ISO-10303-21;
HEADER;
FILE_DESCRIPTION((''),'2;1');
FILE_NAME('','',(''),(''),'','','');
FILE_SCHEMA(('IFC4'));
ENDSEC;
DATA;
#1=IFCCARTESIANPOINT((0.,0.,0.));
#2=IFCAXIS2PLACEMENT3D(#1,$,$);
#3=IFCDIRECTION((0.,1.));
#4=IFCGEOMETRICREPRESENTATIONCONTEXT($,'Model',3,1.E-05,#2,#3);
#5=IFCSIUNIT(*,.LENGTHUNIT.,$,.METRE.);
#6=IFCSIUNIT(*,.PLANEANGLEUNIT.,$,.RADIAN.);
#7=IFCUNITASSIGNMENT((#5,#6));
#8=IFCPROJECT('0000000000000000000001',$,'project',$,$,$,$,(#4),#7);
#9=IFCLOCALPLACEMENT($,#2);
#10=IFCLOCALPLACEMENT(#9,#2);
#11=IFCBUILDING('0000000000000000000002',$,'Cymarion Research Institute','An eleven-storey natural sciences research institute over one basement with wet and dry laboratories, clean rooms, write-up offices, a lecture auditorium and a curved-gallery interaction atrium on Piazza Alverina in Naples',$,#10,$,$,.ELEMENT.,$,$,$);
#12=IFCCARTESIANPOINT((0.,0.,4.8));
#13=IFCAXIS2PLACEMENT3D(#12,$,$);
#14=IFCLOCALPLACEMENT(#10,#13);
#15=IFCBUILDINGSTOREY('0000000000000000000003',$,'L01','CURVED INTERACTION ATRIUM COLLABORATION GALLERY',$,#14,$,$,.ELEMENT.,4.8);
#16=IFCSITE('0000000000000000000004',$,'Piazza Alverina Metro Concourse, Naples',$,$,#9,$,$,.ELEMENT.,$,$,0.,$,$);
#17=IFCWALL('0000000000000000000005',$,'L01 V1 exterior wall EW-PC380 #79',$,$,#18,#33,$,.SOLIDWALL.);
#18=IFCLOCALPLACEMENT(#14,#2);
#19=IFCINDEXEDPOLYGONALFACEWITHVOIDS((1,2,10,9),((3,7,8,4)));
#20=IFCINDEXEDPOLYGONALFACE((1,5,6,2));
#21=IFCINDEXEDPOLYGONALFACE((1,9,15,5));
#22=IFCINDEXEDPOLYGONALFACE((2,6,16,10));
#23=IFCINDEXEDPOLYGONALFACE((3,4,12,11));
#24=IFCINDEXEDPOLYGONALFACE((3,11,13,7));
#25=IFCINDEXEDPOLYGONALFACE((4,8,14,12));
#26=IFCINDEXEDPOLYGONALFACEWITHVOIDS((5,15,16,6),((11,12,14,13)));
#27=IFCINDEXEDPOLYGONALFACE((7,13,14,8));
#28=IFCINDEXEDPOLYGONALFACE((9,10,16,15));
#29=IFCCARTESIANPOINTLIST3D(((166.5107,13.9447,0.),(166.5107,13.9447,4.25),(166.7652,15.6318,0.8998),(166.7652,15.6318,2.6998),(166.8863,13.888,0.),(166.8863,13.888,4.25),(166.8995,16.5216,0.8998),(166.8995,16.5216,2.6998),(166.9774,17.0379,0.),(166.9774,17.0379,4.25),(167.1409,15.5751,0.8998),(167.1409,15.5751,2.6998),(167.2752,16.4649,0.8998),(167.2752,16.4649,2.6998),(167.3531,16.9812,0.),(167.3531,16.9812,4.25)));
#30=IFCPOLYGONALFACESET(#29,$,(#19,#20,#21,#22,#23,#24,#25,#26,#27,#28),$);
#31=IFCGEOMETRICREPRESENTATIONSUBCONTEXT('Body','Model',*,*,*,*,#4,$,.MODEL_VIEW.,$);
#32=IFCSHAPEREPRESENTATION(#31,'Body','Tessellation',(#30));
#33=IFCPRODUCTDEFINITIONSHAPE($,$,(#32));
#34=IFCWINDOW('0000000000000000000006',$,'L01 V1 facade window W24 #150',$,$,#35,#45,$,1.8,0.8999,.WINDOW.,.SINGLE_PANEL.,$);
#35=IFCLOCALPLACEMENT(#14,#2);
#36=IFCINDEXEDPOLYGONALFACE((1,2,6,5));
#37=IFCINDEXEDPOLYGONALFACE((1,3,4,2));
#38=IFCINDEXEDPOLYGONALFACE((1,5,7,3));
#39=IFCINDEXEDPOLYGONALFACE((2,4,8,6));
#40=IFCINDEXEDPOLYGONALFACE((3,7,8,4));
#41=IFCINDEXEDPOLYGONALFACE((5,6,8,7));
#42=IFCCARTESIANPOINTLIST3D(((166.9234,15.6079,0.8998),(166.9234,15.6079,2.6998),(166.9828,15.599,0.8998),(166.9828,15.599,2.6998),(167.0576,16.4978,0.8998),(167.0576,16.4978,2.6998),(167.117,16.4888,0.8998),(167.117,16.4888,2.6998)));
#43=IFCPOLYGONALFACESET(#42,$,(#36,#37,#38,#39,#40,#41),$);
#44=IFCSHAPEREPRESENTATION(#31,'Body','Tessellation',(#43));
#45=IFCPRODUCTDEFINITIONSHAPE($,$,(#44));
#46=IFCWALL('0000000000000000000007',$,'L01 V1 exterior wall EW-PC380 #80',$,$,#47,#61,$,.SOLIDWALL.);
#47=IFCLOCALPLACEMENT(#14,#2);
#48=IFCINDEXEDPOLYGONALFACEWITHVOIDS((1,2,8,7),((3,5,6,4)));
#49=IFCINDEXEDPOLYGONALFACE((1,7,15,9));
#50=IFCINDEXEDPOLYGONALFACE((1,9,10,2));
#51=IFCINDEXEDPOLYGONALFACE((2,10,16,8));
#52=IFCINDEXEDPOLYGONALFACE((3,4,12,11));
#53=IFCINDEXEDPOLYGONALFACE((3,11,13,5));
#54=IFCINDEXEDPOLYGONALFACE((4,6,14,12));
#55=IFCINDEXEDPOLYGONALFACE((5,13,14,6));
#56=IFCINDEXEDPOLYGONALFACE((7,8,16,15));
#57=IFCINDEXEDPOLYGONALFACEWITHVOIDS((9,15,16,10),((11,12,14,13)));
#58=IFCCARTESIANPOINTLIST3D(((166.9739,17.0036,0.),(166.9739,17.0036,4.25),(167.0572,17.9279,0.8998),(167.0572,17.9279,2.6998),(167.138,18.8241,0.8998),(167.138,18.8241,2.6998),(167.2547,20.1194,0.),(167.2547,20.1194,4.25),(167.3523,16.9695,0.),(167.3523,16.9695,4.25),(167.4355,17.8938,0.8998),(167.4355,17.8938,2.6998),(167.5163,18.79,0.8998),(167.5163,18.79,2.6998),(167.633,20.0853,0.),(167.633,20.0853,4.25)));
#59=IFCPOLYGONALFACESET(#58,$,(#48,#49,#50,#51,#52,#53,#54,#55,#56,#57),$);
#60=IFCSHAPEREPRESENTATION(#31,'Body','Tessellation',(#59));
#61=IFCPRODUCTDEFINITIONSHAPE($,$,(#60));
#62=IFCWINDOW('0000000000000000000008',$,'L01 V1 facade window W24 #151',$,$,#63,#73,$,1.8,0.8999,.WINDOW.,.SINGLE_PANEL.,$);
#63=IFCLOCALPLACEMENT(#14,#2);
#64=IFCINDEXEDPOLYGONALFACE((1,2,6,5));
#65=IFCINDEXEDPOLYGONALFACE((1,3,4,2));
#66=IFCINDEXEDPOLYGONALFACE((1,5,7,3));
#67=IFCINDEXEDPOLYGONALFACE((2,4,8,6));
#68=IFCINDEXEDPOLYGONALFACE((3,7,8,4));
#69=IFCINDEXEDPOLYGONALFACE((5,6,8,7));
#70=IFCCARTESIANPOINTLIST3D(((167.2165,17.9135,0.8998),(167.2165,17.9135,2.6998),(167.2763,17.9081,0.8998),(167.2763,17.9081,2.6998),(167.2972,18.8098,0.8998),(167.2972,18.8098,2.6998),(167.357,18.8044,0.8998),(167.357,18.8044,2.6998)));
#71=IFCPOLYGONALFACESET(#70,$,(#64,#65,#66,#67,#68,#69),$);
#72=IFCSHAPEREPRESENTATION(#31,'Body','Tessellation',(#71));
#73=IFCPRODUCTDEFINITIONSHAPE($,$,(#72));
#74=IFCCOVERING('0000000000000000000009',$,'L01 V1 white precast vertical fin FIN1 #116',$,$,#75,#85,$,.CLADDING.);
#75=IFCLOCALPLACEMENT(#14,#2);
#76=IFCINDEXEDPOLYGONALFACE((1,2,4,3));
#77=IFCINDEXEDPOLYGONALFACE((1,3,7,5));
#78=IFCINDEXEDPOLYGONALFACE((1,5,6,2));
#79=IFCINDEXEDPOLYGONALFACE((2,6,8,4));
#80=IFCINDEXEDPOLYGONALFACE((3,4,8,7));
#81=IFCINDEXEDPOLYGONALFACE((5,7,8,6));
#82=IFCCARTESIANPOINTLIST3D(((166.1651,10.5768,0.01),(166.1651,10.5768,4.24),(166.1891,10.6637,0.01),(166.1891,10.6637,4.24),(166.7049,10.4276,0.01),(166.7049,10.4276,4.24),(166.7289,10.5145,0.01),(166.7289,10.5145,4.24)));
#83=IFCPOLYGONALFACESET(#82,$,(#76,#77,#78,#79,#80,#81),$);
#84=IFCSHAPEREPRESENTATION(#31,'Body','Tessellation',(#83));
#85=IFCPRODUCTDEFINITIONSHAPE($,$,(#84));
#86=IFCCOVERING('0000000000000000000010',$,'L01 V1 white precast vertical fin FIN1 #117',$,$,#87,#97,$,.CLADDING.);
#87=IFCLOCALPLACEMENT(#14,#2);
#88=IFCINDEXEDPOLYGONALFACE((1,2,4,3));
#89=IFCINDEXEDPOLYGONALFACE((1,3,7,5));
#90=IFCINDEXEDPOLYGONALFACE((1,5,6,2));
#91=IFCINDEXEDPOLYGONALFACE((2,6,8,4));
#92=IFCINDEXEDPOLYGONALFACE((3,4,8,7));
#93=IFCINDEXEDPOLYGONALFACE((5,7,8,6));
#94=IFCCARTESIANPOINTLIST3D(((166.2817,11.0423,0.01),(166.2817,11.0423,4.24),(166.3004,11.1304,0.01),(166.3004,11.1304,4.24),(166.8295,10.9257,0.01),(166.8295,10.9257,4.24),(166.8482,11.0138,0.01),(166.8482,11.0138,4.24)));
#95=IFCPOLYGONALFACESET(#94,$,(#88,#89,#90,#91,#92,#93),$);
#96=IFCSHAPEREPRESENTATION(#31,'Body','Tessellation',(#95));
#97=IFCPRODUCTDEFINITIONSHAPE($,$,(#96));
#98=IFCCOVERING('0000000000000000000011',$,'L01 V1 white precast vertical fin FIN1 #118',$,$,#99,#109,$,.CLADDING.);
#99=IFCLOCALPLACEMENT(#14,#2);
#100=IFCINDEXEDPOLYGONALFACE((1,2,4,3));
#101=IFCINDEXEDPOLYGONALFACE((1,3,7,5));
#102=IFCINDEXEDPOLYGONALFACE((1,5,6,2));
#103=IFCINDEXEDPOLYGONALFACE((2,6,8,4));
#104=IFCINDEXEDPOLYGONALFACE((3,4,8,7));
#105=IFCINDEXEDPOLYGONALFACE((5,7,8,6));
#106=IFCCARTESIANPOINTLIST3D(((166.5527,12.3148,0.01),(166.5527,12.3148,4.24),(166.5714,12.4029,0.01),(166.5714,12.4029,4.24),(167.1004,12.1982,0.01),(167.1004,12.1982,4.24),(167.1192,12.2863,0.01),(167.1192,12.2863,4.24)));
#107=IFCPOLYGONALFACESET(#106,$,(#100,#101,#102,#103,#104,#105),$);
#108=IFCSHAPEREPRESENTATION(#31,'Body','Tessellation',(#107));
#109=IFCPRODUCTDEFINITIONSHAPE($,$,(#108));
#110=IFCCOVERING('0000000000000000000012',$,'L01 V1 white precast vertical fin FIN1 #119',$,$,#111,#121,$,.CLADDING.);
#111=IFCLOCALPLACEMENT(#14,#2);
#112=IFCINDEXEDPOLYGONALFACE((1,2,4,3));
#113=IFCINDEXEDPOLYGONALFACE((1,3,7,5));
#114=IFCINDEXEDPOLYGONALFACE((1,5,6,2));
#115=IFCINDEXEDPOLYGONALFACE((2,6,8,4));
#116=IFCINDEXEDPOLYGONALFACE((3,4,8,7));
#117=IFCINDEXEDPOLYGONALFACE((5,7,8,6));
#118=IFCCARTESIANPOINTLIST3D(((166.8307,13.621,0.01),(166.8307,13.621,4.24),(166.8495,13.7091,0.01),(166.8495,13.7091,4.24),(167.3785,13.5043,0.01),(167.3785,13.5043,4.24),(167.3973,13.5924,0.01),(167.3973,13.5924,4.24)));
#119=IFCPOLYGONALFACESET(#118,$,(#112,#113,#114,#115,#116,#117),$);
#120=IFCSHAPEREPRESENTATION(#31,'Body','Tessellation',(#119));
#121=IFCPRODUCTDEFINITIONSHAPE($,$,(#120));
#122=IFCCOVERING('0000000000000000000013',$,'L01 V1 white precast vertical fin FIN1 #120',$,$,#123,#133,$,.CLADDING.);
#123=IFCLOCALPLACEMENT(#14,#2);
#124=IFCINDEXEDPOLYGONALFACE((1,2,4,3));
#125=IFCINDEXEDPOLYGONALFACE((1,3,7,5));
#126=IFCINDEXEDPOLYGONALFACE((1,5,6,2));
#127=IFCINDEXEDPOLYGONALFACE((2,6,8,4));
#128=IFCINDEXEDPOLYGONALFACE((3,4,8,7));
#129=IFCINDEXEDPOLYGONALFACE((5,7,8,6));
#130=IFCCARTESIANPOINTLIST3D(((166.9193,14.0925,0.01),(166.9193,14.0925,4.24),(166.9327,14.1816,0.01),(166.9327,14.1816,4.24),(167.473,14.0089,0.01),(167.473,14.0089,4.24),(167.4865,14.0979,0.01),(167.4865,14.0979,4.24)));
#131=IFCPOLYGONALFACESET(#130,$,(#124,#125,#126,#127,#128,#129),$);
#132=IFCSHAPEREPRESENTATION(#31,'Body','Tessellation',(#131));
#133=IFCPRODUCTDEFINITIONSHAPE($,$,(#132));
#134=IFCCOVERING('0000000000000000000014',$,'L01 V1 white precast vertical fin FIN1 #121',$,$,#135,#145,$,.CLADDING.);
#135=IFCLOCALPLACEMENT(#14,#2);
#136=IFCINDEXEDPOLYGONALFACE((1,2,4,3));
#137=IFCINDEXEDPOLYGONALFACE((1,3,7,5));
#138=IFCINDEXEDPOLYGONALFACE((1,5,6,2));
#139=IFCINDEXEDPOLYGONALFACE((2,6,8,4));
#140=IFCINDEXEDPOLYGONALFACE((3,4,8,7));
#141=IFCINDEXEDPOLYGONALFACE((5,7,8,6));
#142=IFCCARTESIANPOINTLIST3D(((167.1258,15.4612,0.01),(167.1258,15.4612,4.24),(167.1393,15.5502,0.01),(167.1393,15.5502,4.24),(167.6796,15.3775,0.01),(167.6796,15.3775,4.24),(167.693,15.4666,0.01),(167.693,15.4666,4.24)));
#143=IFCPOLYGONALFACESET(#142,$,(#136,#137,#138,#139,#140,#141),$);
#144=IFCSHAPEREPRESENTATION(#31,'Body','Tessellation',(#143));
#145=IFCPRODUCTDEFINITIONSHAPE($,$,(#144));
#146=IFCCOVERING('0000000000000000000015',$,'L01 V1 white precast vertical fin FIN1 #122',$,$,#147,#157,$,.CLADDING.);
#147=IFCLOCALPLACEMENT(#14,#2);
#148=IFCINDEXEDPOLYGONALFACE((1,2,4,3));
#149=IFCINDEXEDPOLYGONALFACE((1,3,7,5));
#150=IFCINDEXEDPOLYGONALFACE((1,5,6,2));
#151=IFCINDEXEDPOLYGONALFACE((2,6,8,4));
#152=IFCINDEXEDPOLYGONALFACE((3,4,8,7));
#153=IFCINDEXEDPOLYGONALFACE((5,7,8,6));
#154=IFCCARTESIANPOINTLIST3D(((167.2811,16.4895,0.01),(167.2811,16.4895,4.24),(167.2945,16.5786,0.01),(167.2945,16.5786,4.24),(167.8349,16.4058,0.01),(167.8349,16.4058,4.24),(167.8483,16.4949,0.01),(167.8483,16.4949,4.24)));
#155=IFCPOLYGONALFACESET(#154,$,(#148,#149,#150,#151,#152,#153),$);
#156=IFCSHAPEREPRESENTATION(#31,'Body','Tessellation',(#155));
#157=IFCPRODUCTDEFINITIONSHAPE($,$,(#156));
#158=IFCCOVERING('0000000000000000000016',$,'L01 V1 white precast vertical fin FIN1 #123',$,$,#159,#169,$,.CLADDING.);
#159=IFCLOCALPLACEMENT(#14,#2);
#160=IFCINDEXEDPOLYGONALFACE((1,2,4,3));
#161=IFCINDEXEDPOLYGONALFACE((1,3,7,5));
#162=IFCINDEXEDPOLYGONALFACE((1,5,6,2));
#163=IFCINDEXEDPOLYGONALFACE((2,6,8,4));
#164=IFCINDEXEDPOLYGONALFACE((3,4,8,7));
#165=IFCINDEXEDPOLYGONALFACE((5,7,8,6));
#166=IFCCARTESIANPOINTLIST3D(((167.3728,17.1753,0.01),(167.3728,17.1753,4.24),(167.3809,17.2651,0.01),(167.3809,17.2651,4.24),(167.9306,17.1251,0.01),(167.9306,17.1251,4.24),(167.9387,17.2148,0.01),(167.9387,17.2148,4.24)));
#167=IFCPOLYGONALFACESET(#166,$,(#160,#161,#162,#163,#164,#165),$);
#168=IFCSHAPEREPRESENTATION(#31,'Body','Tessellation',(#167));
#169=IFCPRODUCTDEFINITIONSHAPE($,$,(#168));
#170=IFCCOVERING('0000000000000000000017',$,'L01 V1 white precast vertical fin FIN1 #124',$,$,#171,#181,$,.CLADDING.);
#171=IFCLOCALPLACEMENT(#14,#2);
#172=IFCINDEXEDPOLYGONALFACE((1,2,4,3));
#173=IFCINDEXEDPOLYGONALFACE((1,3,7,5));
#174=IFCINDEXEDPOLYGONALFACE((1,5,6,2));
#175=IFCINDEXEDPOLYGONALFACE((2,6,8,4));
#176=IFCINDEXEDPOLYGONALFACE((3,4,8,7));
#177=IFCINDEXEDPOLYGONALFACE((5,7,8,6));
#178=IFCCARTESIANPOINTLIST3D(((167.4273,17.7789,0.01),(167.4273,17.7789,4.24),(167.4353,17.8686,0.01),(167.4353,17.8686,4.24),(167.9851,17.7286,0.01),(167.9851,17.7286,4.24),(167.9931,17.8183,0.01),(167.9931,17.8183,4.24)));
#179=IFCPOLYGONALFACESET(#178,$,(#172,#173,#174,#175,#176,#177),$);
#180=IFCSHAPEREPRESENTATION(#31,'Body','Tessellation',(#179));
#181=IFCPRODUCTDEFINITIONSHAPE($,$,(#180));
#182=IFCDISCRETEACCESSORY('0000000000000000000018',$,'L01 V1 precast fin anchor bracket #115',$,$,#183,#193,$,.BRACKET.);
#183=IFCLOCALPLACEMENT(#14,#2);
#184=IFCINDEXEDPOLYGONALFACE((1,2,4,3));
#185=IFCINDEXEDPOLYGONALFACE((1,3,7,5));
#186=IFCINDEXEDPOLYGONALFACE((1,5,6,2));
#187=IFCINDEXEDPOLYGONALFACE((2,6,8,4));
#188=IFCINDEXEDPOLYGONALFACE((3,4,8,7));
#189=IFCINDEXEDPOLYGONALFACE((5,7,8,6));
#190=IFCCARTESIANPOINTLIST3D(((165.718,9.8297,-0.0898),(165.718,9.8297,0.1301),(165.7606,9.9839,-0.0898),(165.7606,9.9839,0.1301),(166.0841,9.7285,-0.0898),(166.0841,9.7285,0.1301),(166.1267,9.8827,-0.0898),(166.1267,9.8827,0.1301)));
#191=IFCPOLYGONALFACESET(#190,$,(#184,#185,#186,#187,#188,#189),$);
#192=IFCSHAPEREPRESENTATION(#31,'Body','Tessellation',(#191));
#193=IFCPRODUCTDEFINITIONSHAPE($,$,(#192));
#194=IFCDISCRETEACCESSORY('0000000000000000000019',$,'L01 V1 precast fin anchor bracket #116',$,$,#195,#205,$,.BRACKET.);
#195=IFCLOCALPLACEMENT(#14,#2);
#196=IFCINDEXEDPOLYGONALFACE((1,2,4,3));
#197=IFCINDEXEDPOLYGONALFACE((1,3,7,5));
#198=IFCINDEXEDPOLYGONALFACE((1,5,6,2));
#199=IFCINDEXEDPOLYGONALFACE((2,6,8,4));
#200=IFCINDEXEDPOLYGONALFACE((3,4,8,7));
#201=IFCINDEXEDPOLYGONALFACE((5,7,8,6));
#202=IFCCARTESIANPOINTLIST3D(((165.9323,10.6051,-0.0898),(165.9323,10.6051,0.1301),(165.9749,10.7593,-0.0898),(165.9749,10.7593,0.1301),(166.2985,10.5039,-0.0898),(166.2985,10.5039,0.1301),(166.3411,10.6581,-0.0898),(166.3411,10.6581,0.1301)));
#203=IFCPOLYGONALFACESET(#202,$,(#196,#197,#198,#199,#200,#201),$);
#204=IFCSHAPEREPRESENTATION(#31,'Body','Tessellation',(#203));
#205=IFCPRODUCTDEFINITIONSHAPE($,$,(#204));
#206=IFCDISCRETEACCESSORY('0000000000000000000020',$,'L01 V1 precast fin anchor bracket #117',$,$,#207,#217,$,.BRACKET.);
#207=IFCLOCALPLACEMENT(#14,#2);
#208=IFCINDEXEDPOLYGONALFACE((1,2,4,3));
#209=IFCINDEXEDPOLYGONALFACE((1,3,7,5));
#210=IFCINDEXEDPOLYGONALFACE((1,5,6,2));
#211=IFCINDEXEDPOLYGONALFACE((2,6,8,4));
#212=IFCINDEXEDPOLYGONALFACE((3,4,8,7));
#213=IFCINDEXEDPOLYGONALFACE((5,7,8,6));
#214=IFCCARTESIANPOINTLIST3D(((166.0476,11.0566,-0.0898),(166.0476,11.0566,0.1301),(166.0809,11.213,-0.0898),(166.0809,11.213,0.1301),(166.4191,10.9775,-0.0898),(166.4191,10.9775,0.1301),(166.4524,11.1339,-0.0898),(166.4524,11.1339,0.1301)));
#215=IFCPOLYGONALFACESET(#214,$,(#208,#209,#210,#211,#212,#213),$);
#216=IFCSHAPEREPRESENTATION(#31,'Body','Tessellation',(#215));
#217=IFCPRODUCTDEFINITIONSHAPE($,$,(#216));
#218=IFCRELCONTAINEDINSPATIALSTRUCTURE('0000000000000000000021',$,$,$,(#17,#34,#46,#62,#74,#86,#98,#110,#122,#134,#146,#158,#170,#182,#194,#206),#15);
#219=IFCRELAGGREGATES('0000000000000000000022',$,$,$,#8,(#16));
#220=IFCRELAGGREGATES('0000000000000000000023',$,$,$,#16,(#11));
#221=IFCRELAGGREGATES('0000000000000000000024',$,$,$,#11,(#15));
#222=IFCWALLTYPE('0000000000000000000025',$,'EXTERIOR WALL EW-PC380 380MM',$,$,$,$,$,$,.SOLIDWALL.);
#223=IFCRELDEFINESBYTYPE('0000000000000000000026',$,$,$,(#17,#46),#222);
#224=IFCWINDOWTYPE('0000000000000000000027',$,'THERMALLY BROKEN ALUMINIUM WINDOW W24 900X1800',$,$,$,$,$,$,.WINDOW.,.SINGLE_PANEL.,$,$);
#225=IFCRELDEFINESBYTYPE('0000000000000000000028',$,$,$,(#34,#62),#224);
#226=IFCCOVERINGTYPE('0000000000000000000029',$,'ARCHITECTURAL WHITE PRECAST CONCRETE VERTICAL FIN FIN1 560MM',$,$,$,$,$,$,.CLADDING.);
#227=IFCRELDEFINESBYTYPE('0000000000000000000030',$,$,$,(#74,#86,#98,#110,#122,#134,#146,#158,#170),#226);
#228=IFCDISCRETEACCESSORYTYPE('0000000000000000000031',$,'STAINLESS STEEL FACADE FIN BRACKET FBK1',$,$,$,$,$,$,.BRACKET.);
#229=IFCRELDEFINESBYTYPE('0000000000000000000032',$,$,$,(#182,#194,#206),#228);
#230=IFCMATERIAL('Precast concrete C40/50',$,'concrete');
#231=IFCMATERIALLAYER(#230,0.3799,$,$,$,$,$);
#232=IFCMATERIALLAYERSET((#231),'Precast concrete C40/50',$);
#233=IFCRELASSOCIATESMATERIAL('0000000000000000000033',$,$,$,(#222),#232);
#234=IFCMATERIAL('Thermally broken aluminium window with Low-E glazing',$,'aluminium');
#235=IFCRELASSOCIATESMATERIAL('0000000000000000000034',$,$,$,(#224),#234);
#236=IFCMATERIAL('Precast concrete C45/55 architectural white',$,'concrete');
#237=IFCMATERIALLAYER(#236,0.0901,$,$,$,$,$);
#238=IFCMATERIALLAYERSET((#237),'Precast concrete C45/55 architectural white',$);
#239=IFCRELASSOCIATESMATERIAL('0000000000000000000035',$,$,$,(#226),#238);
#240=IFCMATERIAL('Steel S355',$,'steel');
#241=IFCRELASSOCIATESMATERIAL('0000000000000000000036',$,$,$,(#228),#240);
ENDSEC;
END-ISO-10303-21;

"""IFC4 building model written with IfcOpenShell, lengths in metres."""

from ifc_helpers import new_model, si_unit, direction, frame, frame_2d, origin, origin_2d, place, context, subcontext, project, spatial, rectangle, extrude, material, layer, layer_set, type_object, element, fill, save


model = new_model("IFC4")

# Units and contexts
model_context = context("Model", 3, precision=1e-05, world=origin(), true_north=direction((0.0, 1.0)))
body_context = subcontext(model_context, "Body", "Model", "MODEL_VIEW")
ifc_project = project(units=[si_unit("LENGTHUNIT", "METRE"), si_unit("PLANEANGLEUNIT", "RADIAN")], contexts=[model_context])

# Site, building, storey
site_placement = place(None, origin())
site = spatial("IfcSite", under=ifc_project, at=site_placement, Name="Piazza Alverina Metro Concourse, Naples", CompositionType="ELEMENT", RefElevation=0.0)
building_placement = place(site_placement, origin())
building = spatial("IfcBuilding", under=site, at=building_placement, Name="Cymarion Research Institute", Description="An eleven-storey natural sciences research institute over one basement with wet and dry laboratories, clean rooms, write-up offices, a lecture auditorium and a curved-gallery interaction atrium on Piazza Alverina in Naples", CompositionType="ELEMENT")
storey_placement = place(building_placement, frame((0.0, 0.0, 4.8)))
storey = spatial("IfcBuildingStorey", under=building, at=storey_placement, Name="L01", Description="CURVED INTERACTION ATRIUM COLLABORATION GALLERY", CompositionType="ELEMENT", Elevation=4.8)

# Shared definitions
ifc_material_1 = material(Name="Steel S355", Category="steel")

# Walls, openings, windows
ifc_material_2 = material(Name="Precast concrete C40/50", Category="concrete")
ifc_layer_1 = layer(ifc_material_2, 0.3799)
ifc_layer_set_1 = layer_set([ifc_layer_1], Name="Precast concrete C40/50")
wall_type = type_object("IfcWallType", Name="EXTERIOR WALL EW-PC380 380MM", PredefinedType="SOLIDWALL", material=ifc_layer_set_1)
ifc_material_3 = material(Name="Thermally broken aluminium window with Low-E glazing", Category="aluminium")
window_type = type_object("IfcWindowType", Name="THERMALLY BROKEN ALUMINIUM WINDOW W24 900X1800", PartitioningType="SINGLE_PANEL", PredefinedType="WINDOW", material=ifc_material_3)
wall_1_placement = place(storey_placement, frame((166.6985, 13.9165, 0.0), z_axis=(0.0, 0.0, 1.0), x_axis=(0.149218, 0.988804, 0.0)))
wall_1 = element("IfcWall", 1, at=wall_1_placement, inside=storey, type_object=wall_type, Name="L01 V1 exterior wall EW-PC380 #79", PredefinedType="SOLIDWALL", context=body_context, shape_type="SweptSolid", body=[
    extrude(rectangle(XDim=3.1282, YDim=0.3799, at=frame_2d((1.564, 0.0))), origin(), (0.0, 0.0, 1.0), 4.25),
])
opening_1_placement = place(wall_1_placement, frame((1.7061, 0.0, 0.8999)))
opening_1 = element("IfcOpeningElement", 2, at=opening_1_placement, cuts=wall_1, PredefinedType="OPENING", context=body_context, shape_type="SweptSolid", body=[
    extrude(rectangle(XDim=0.8999, YDim=1.8, at=frame_2d((0.45, 0.8999))), frame((0.0, 0.2, 0.0), z_axis=(0.0, -1.0, 0.0), x_axis=(1.0, 0.0, 0.0)), (0.0, 0.0, 1.0), 0.3999),
])
window_1_placement = place(opening_1_placement, origin())
window_1 = element("IfcWindow", 3, at=window_1_placement, inside=storey, type_object=window_type, Name="L01 V1 facade window W24 #150", OverallHeight=1.8, OverallWidth=0.8999, PartitioningType="SINGLE_PANEL", PredefinedType="WINDOW", context=body_context, shape_type="SweptSolid", body=[
    extrude(rectangle(XDim=0.8999, YDim=1.8, at=frame_2d((0.45, 0.8999))), frame((0.0, 0.03, 0.0), z_axis=(0.0, -1.0, 0.0), x_axis=(1.0, 0.0, 0.0)), (0.0, 0.0, 1.0), 0.0601),
])
fill(opening_1, window_1)
wall_2_placement = place(storey_placement, frame((167.1631, 16.9866, 0.0), z_axis=(0.0, 0.0, 1.0), x_axis=(0.089748, 0.995965, 0.0)))
wall_2 = element("IfcWall", 4, at=wall_2_placement, inside=storey, type_object=wall_type, Name="L01 V1 exterior wall EW-PC380 #80", PredefinedType="SOLIDWALL", context=body_context, shape_type="SweptSolid", body=[
    extrude(rectangle(XDim=3.1284, YDim=0.3799, at=frame_2d((1.5642, 0.0))), origin(), (0.0, 0.0, 1.0), 4.25),
])
opening_2_placement = place(wall_2_placement, frame((0.928, 0.0, 0.8999)))
opening_2 = element("IfcOpeningElement", 5, at=opening_2_placement, cuts=wall_2, PredefinedType="OPENING", context=body_context, shape_type="SweptSolid", body=[
    extrude(rectangle(XDim=0.8999, YDim=1.8, at=frame_2d((0.45, 0.8999))), frame((0.0, 0.2, 0.0), z_axis=(0.0, -1.0, 0.0), x_axis=(1.0, 0.0, 0.0)), (0.0, 0.0, 1.0), 0.3999),
])
window_2_placement = place(opening_2_placement, origin())
window_2 = element("IfcWindow", 6, at=window_2_placement, inside=storey, type_object=window_type, Name="L01 V1 facade window W24 #151", OverallHeight=1.8, OverallWidth=0.8999, PartitioningType="SINGLE_PANEL", PredefinedType="WINDOW", context=body_context, shape_type="SweptSolid", body=[
    extrude(rectangle(XDim=0.8999, YDim=1.8, at=frame_2d((0.45, 0.8999))), frame((0.0, 0.03, 0.0), z_axis=(0.0, -1.0, 0.0), x_axis=(1.0, 0.0, 0.0)), (0.0, 0.0, 1.0), 0.0601),
])
fill(opening_2, window_2)

# Coverings
ifc_material_4 = material(Name="Precast concrete C45/55 architectural white", Category="concrete")
ifc_layer_2 = layer(ifc_material_4, 0.0901)
ifc_layer_set_2 = layer_set([ifc_layer_2], Name="Precast concrete C45/55 architectural white")
covering_type = type_object("IfcCoveringType", Name="ARCHITECTURAL WHITE PRECAST CONCRETE VERTICAL FIN FIN1 560MM", PredefinedType="CLADDING", material=ifc_layer_set_2)
for number, where, z_axis, x_axis, name in (
    (7, (166.447, 10.5457, 0.01), (0.0, 0.0, 1.0), (0.963863, -0.266397, 0.0), "L01 V1 white precast vertical fin FIN1 #116"),
    (8, (166.5649, 11.0281, 0.01), (0.0, 0.0, 1.0), (0.978075, -0.208253, 0.0), "L01 V1 white precast vertical fin FIN1 #117"),
    (9, (166.8359, 12.3005, 0.01), (0.0, 0.0, 1.0), (0.978075, -0.208253, 0.0), "L01 V1 white precast vertical fin FIN1 #118"),
    (10, (167.114, 13.6067, 0.01), (0.0, 0.0, 1.0), (0.978075, -0.208253, 0.0), "L01 V1 white precast vertical fin FIN1 #119"),
    (11, (167.2029, 14.0952, 0.01), (0.0, 0.0, 1.0), (0.988782, -0.149363, 0.0), "L01 V1 white precast vertical fin FIN1 #120"),
    (12, (167.4094, 15.4639, 0.01), (0.0, 0.0, 1.0), (0.988782, -0.149363, 0.0), "L01 V1 white precast vertical fin FIN1 #121"),
    (13, (167.5647, 16.4922, 0.01), (0.0, 0.0, 1.0), (0.988782, -0.149363, 0.0), "L01 V1 white precast vertical fin FIN1 #122"),
    (14, (167.6558, 17.1951, 0.01), (0.0, 0.0, 1.0), (0.995963, -0.089763, 0.0), "L01 V1 white precast vertical fin FIN1 #123"),
    (15, (167.7102, 17.7986, 0.01), (0.0, 0.0, 1.0), (0.995963, -0.089763, 0.0), "L01 V1 white precast vertical fin FIN1 #124"),
):
    element("IfcCovering", number, at=place(storey_placement, frame(where, z_axis=z_axis, x_axis=x_axis)), inside=storey, type_object=covering_type, Name=name, PredefinedType="CLADDING", context=body_context, shape_type="SweptSolid", body=[
        extrude(rectangle(XDim=0.5601, YDim=0.0901, at=origin_2d()), origin(), (0.0, 0.0, 1.0), 4.23),
    ])

# Discrete accessories
discrete_accessory_type = type_object("IfcDiscreteAccessoryType", Name="STAINLESS STEEL FACADE FIN BRACKET FBK1", PredefinedType="BRACKET", material=ifc_material_1)
for number, where, z_axis, x_axis, name in (
    (16, (165.9224, 9.8562, -0.0898), (0.0, 0.0, 1.0), (0.963863, -0.266397, 0.0), "L01 V1 precast fin anchor bracket #115"),
    (17, (166.1367, 10.6316, -0.0898), (0.0, 0.0, 1.0), (0.963863, -0.266397, 0.0), "L01 V1 precast fin anchor bracket #116"),
    (18, (166.25, 11.0952, -0.0898), (0.0, 0.0, 1.0), (0.978075, -0.208253, 0.0), "L01 V1 precast fin anchor bracket #117"),
):
    element("IfcDiscreteAccessory", number, at=place(storey_placement, frame(where, z_axis=z_axis, x_axis=x_axis)), inside=storey, type_object=discrete_accessory_type, Name=name, PredefinedType="BRACKET", context=body_context, shape_type="SweptSolid", body=[
        extrude(rectangle(XDim=0.3799, YDim=0.1599, at=origin_2d()), origin(), (0.0, 0.0, 1.0), 0.22),
    ])

save(model, "model.ifc")
